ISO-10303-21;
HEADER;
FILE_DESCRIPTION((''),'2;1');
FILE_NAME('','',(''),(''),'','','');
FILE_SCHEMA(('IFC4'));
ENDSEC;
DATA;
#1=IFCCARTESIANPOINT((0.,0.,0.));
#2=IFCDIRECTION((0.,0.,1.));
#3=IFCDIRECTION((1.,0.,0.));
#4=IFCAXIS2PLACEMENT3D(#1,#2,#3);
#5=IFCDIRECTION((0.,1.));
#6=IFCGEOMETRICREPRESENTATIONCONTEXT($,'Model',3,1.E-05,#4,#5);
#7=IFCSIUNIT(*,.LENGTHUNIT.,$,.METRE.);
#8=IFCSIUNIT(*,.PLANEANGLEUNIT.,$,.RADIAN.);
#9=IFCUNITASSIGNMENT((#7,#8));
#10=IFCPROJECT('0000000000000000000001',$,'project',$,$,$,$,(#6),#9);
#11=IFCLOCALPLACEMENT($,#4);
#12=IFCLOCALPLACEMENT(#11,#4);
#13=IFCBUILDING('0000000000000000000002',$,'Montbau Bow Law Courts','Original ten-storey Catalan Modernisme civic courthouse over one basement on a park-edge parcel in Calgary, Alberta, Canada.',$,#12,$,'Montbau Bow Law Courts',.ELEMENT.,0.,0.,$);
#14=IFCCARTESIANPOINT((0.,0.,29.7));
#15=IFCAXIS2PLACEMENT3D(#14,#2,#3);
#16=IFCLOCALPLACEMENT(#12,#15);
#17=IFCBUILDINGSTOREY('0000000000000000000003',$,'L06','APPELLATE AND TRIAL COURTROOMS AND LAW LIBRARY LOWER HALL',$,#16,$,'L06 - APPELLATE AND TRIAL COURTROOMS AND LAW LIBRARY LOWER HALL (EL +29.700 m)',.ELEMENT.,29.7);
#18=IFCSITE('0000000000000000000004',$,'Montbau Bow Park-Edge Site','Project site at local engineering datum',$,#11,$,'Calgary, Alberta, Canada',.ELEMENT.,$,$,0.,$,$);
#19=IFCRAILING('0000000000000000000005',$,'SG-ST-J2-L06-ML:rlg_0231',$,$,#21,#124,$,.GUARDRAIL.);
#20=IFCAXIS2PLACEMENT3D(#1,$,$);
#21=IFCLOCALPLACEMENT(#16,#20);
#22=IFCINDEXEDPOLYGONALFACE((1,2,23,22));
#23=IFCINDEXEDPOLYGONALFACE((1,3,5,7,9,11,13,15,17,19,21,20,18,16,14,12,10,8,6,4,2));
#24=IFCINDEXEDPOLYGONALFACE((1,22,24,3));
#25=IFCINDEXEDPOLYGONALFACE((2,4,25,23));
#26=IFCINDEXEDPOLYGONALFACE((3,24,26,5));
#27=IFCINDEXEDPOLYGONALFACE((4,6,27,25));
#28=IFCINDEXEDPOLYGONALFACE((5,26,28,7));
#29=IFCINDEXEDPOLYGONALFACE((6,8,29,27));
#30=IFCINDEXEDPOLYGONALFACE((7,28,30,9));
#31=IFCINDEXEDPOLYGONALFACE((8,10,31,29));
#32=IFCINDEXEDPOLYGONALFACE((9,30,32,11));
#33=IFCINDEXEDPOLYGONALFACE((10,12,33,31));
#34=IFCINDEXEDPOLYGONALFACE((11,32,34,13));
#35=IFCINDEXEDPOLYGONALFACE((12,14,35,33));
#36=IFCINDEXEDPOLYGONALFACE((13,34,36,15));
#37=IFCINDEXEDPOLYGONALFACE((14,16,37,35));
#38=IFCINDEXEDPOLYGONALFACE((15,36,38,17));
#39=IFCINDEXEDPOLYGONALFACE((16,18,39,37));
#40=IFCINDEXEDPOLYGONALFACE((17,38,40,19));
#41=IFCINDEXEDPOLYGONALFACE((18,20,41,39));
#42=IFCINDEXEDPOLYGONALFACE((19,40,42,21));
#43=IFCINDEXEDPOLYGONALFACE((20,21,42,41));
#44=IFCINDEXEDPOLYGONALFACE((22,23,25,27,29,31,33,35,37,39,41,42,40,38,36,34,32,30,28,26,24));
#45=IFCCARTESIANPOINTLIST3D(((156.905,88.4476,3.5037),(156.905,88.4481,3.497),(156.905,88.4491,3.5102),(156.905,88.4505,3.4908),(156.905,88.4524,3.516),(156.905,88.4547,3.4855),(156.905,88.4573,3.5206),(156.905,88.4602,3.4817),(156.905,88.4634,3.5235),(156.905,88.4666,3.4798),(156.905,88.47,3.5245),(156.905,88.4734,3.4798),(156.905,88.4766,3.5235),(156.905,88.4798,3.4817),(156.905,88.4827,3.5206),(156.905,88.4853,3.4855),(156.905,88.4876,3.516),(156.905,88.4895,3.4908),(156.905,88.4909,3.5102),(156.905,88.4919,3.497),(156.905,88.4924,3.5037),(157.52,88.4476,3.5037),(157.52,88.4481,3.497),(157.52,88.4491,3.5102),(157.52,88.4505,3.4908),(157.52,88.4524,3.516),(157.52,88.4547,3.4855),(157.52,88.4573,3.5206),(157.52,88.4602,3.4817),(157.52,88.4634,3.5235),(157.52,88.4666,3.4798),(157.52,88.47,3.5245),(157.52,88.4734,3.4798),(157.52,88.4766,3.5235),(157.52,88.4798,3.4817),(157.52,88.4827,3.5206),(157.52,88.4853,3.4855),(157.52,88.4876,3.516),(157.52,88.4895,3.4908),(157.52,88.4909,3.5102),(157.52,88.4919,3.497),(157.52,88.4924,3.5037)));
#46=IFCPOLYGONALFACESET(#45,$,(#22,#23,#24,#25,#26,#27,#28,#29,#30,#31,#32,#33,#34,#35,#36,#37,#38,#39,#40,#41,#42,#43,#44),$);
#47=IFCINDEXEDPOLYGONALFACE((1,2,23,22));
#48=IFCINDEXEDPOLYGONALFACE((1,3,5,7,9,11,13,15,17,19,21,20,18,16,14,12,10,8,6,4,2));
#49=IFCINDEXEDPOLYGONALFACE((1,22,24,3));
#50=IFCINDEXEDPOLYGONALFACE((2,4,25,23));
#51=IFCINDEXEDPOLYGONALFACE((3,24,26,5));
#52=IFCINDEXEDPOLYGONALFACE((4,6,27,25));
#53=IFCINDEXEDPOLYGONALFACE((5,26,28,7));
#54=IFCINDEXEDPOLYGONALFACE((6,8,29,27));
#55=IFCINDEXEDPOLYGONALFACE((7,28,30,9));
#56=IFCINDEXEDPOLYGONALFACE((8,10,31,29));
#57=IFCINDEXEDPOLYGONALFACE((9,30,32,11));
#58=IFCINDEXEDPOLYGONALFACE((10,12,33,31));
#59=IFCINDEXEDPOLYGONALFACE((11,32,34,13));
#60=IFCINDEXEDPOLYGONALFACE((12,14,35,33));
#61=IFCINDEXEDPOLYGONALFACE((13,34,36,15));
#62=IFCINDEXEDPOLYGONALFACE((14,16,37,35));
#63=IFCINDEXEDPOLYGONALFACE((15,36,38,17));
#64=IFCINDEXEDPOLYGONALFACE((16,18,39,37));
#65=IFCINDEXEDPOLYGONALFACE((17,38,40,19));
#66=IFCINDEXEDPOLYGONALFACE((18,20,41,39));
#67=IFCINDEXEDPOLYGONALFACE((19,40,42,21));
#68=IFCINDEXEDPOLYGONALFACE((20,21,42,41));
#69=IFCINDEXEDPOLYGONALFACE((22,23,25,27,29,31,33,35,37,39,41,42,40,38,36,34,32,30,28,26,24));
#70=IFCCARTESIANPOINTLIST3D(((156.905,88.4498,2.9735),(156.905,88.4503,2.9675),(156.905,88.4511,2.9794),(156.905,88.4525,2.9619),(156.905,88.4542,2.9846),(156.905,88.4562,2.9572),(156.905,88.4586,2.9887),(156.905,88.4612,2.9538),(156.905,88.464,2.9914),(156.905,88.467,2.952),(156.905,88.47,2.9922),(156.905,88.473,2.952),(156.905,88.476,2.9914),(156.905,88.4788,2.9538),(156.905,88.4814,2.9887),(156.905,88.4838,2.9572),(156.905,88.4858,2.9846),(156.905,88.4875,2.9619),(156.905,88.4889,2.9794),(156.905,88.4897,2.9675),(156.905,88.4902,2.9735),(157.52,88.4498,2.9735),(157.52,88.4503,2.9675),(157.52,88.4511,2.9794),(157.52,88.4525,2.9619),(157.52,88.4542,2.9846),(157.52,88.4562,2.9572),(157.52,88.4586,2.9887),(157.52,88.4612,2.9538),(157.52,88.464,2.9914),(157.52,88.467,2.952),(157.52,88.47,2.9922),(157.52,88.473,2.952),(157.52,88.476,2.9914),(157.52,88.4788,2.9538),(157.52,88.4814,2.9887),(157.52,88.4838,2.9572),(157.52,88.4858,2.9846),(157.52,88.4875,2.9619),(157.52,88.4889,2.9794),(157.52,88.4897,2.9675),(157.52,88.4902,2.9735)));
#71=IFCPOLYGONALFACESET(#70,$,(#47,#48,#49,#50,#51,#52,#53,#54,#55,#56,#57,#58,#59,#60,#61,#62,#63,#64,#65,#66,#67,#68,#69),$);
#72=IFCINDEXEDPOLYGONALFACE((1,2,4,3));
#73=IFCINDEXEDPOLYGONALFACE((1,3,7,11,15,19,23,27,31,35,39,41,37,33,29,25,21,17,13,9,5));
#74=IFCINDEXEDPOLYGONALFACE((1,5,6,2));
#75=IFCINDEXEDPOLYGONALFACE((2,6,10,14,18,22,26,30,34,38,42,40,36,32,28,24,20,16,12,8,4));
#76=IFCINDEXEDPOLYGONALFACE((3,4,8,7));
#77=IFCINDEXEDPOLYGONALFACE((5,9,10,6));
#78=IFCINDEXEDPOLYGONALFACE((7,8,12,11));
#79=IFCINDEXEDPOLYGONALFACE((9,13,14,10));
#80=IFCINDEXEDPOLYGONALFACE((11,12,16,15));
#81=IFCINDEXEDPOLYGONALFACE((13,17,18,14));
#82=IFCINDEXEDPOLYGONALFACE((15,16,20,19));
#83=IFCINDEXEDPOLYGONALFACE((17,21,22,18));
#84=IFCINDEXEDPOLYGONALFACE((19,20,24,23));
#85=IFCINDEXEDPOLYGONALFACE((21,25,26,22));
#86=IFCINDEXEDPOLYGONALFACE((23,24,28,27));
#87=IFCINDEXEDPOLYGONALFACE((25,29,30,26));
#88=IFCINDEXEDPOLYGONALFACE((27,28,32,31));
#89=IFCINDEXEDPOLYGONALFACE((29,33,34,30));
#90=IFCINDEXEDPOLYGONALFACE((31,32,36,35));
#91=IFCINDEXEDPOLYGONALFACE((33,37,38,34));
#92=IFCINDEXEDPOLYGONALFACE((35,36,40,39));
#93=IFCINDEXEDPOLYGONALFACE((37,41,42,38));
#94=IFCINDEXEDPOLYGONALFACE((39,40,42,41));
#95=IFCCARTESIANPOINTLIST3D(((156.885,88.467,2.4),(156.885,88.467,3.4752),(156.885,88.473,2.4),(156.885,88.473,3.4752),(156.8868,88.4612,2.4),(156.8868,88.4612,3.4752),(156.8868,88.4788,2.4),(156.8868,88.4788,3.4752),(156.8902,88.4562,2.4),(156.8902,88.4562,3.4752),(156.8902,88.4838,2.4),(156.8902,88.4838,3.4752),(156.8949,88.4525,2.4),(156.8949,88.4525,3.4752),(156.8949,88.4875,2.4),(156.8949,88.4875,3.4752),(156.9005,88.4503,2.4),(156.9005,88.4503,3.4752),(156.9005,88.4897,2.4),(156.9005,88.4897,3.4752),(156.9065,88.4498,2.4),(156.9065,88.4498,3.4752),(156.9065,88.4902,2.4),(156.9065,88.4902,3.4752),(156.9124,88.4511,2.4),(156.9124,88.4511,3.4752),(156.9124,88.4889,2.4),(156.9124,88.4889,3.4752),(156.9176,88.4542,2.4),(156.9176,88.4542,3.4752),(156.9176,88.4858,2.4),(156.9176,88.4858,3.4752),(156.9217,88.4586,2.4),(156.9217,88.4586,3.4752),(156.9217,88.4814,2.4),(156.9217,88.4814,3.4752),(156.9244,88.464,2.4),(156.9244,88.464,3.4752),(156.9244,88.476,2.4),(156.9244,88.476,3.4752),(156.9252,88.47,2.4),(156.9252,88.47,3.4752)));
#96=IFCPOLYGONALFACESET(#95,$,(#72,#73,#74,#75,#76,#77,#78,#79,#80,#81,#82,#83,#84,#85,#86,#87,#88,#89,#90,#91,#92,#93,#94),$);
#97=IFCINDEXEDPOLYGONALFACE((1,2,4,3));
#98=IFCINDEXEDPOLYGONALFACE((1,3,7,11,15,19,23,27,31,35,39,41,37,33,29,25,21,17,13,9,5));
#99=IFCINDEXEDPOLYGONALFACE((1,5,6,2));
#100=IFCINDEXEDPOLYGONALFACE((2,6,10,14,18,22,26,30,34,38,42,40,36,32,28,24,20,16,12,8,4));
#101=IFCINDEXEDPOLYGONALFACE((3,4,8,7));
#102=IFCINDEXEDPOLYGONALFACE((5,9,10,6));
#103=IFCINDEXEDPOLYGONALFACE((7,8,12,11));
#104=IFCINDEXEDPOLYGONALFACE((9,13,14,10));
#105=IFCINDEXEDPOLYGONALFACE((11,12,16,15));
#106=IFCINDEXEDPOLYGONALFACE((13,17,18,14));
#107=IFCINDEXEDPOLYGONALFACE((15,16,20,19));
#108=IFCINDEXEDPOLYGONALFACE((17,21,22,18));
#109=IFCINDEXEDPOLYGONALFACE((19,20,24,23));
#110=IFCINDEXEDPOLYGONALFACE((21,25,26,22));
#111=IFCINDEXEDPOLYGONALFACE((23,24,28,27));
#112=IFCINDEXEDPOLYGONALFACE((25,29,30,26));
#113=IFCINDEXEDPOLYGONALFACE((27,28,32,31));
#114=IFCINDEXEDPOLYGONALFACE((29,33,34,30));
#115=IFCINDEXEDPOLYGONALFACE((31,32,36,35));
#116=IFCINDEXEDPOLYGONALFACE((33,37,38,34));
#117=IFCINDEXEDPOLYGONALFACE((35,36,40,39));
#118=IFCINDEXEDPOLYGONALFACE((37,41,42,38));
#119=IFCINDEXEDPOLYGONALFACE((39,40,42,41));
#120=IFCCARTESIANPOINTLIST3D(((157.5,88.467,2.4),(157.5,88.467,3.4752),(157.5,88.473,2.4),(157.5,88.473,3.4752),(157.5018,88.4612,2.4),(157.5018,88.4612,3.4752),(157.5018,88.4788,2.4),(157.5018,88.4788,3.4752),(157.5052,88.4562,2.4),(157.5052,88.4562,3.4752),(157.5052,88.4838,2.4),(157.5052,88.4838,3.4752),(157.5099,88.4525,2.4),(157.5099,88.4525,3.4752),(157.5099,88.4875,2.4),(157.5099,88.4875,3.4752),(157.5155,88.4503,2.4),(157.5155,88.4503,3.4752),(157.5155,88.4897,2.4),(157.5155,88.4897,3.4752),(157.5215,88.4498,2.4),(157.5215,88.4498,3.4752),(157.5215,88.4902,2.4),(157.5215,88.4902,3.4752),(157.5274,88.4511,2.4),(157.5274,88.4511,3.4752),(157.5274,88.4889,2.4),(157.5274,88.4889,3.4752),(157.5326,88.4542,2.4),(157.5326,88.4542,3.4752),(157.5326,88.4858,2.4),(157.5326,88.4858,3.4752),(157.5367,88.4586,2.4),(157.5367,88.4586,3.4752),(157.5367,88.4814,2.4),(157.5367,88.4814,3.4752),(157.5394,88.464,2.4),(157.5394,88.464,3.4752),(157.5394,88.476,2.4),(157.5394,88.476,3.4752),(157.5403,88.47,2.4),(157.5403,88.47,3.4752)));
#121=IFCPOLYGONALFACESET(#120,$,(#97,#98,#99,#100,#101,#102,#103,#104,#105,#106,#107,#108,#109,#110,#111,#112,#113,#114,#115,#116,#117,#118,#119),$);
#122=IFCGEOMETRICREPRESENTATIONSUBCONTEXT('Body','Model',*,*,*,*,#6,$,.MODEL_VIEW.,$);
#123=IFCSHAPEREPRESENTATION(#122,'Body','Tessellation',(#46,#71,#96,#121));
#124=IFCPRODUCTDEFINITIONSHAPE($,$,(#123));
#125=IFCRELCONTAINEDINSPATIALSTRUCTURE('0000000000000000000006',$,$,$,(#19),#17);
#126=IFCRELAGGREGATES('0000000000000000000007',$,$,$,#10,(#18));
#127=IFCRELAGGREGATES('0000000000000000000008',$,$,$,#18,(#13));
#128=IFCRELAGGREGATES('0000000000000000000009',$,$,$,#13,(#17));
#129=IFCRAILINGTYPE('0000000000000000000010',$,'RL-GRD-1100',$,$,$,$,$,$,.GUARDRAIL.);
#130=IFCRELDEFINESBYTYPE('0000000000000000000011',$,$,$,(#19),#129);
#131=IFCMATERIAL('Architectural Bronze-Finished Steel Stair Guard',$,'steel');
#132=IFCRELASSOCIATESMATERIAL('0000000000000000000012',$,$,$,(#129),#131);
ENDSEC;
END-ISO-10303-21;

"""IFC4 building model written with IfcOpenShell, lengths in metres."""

from ifc_helpers import new_model, si_unit, direction, frame, origin_with_axes, origin_2d_with_axis, place, context, subcontext, project, spatial, circle, extrude, material, type_object, element, save


model = new_model("IFC4")

# Units and contexts
model_context = context("Model", 3, precision=1e-05, world=origin_with_axes(), true_north=direction((0.0, 1.0)))
body_context = subcontext(model_context, "Body", "Model", "MODEL_VIEW")
ifc_project = project(units=[si_unit("LENGTHUNIT", "METRE"), si_unit("PLANEANGLEUNIT", "RADIAN")], contexts=[model_context])

# Site, building, storey
site_placement = place(None, origin_with_axes())
site = spatial("IfcSite", under=ifc_project, at=site_placement, Name="Montbau Bow Park-Edge Site", Description="Project site at local engineering datum", LongName="Calgary, Alberta, Canada", CompositionType="ELEMENT", RefElevation=0.0)
building_placement = place(site_placement, origin_with_axes())
building = spatial("IfcBuilding", under=site, at=building_placement, Name="Montbau Bow Law Courts", Description="Original ten-storey Catalan Modernisme civic courthouse over one basement on a park-edge parcel in Calgary, Alberta, Canada.", LongName="Montbau Bow Law Courts", CompositionType="ELEMENT", ElevationOfRefHeight=0.0, ElevationOfTerrain=0.0)
storey_placement = place(building_placement, frame((0.0, 0.0, 29.7), z_axis=(0.0, 0.0, 1.0), x_axis=(1.0, 0.0, 0.0)))
storey = spatial("IfcBuildingStorey", under=building, at=storey_placement, Name="L06", Description="APPELLATE AND TRIAL COURTROOMS AND LAW LIBRARY LOWER HALL", LongName="L06 - APPELLATE AND TRIAL COURTROOMS AND LAW LIBRARY LOWER HALL (EL +29.700 m)", CompositionType="ELEMENT", Elevation=29.7)

# Railing
ifc_material_1 = material(Name="Architectural Bronze-Finished Steel Stair Guard", Category="steel")
railing_type_1 = type_object("IfcRailingType", Name="RL-GRD-1100", PredefinedType="GUARDRAIL", material=ifc_material_1)
railing_1_placement = place(None, origin_with_axes())
element("IfcRailing", 1, at=railing_1_placement, inside=storey, type_object=railing_type_1, Name="SG-ST-J2-L06-ML:rlg_0231", PredefinedType="GUARDRAIL", context=body_context, shape_type="SweptSolid", body=[
    extrude(circle(Radius=0.0225, at=origin_2d_with_axis()), frame((156.905, 88.47, 33.202), z_axis=(1.0, 0.0, 0.0), x_axis=(0.0, 0.0, 1.0)), (0.0, 0.0, 1.0), 0.615),
    extrude(circle(Radius=0.0203, at=origin_2d_with_axis()), frame((156.905, 88.47, 32.672), z_axis=(1.0, 0.0, 0.0), x_axis=(0.0, 0.0, 1.0)), (0.0, 0.0, 1.0), 0.615),
    extrude(circle(Radius=0.0203, at=origin_2d_with_axis()), frame((156.905, 88.47, 32.1), z_axis=(0.0, 0.0, 1.0), x_axis=(1.0, 0.0, 0.0)), (0.0, 0.0, 1.0), 1.0753),
    extrude(circle(Radius=0.0203, at=origin_2d_with_axis()), frame((157.52, 88.47, 32.1), z_axis=(0.0, 0.0, 1.0), x_axis=(1.0, 0.0, 0.0)), (0.0, 0.0, 1.0), 1.0753),
])

save(model, "model.ifc")
